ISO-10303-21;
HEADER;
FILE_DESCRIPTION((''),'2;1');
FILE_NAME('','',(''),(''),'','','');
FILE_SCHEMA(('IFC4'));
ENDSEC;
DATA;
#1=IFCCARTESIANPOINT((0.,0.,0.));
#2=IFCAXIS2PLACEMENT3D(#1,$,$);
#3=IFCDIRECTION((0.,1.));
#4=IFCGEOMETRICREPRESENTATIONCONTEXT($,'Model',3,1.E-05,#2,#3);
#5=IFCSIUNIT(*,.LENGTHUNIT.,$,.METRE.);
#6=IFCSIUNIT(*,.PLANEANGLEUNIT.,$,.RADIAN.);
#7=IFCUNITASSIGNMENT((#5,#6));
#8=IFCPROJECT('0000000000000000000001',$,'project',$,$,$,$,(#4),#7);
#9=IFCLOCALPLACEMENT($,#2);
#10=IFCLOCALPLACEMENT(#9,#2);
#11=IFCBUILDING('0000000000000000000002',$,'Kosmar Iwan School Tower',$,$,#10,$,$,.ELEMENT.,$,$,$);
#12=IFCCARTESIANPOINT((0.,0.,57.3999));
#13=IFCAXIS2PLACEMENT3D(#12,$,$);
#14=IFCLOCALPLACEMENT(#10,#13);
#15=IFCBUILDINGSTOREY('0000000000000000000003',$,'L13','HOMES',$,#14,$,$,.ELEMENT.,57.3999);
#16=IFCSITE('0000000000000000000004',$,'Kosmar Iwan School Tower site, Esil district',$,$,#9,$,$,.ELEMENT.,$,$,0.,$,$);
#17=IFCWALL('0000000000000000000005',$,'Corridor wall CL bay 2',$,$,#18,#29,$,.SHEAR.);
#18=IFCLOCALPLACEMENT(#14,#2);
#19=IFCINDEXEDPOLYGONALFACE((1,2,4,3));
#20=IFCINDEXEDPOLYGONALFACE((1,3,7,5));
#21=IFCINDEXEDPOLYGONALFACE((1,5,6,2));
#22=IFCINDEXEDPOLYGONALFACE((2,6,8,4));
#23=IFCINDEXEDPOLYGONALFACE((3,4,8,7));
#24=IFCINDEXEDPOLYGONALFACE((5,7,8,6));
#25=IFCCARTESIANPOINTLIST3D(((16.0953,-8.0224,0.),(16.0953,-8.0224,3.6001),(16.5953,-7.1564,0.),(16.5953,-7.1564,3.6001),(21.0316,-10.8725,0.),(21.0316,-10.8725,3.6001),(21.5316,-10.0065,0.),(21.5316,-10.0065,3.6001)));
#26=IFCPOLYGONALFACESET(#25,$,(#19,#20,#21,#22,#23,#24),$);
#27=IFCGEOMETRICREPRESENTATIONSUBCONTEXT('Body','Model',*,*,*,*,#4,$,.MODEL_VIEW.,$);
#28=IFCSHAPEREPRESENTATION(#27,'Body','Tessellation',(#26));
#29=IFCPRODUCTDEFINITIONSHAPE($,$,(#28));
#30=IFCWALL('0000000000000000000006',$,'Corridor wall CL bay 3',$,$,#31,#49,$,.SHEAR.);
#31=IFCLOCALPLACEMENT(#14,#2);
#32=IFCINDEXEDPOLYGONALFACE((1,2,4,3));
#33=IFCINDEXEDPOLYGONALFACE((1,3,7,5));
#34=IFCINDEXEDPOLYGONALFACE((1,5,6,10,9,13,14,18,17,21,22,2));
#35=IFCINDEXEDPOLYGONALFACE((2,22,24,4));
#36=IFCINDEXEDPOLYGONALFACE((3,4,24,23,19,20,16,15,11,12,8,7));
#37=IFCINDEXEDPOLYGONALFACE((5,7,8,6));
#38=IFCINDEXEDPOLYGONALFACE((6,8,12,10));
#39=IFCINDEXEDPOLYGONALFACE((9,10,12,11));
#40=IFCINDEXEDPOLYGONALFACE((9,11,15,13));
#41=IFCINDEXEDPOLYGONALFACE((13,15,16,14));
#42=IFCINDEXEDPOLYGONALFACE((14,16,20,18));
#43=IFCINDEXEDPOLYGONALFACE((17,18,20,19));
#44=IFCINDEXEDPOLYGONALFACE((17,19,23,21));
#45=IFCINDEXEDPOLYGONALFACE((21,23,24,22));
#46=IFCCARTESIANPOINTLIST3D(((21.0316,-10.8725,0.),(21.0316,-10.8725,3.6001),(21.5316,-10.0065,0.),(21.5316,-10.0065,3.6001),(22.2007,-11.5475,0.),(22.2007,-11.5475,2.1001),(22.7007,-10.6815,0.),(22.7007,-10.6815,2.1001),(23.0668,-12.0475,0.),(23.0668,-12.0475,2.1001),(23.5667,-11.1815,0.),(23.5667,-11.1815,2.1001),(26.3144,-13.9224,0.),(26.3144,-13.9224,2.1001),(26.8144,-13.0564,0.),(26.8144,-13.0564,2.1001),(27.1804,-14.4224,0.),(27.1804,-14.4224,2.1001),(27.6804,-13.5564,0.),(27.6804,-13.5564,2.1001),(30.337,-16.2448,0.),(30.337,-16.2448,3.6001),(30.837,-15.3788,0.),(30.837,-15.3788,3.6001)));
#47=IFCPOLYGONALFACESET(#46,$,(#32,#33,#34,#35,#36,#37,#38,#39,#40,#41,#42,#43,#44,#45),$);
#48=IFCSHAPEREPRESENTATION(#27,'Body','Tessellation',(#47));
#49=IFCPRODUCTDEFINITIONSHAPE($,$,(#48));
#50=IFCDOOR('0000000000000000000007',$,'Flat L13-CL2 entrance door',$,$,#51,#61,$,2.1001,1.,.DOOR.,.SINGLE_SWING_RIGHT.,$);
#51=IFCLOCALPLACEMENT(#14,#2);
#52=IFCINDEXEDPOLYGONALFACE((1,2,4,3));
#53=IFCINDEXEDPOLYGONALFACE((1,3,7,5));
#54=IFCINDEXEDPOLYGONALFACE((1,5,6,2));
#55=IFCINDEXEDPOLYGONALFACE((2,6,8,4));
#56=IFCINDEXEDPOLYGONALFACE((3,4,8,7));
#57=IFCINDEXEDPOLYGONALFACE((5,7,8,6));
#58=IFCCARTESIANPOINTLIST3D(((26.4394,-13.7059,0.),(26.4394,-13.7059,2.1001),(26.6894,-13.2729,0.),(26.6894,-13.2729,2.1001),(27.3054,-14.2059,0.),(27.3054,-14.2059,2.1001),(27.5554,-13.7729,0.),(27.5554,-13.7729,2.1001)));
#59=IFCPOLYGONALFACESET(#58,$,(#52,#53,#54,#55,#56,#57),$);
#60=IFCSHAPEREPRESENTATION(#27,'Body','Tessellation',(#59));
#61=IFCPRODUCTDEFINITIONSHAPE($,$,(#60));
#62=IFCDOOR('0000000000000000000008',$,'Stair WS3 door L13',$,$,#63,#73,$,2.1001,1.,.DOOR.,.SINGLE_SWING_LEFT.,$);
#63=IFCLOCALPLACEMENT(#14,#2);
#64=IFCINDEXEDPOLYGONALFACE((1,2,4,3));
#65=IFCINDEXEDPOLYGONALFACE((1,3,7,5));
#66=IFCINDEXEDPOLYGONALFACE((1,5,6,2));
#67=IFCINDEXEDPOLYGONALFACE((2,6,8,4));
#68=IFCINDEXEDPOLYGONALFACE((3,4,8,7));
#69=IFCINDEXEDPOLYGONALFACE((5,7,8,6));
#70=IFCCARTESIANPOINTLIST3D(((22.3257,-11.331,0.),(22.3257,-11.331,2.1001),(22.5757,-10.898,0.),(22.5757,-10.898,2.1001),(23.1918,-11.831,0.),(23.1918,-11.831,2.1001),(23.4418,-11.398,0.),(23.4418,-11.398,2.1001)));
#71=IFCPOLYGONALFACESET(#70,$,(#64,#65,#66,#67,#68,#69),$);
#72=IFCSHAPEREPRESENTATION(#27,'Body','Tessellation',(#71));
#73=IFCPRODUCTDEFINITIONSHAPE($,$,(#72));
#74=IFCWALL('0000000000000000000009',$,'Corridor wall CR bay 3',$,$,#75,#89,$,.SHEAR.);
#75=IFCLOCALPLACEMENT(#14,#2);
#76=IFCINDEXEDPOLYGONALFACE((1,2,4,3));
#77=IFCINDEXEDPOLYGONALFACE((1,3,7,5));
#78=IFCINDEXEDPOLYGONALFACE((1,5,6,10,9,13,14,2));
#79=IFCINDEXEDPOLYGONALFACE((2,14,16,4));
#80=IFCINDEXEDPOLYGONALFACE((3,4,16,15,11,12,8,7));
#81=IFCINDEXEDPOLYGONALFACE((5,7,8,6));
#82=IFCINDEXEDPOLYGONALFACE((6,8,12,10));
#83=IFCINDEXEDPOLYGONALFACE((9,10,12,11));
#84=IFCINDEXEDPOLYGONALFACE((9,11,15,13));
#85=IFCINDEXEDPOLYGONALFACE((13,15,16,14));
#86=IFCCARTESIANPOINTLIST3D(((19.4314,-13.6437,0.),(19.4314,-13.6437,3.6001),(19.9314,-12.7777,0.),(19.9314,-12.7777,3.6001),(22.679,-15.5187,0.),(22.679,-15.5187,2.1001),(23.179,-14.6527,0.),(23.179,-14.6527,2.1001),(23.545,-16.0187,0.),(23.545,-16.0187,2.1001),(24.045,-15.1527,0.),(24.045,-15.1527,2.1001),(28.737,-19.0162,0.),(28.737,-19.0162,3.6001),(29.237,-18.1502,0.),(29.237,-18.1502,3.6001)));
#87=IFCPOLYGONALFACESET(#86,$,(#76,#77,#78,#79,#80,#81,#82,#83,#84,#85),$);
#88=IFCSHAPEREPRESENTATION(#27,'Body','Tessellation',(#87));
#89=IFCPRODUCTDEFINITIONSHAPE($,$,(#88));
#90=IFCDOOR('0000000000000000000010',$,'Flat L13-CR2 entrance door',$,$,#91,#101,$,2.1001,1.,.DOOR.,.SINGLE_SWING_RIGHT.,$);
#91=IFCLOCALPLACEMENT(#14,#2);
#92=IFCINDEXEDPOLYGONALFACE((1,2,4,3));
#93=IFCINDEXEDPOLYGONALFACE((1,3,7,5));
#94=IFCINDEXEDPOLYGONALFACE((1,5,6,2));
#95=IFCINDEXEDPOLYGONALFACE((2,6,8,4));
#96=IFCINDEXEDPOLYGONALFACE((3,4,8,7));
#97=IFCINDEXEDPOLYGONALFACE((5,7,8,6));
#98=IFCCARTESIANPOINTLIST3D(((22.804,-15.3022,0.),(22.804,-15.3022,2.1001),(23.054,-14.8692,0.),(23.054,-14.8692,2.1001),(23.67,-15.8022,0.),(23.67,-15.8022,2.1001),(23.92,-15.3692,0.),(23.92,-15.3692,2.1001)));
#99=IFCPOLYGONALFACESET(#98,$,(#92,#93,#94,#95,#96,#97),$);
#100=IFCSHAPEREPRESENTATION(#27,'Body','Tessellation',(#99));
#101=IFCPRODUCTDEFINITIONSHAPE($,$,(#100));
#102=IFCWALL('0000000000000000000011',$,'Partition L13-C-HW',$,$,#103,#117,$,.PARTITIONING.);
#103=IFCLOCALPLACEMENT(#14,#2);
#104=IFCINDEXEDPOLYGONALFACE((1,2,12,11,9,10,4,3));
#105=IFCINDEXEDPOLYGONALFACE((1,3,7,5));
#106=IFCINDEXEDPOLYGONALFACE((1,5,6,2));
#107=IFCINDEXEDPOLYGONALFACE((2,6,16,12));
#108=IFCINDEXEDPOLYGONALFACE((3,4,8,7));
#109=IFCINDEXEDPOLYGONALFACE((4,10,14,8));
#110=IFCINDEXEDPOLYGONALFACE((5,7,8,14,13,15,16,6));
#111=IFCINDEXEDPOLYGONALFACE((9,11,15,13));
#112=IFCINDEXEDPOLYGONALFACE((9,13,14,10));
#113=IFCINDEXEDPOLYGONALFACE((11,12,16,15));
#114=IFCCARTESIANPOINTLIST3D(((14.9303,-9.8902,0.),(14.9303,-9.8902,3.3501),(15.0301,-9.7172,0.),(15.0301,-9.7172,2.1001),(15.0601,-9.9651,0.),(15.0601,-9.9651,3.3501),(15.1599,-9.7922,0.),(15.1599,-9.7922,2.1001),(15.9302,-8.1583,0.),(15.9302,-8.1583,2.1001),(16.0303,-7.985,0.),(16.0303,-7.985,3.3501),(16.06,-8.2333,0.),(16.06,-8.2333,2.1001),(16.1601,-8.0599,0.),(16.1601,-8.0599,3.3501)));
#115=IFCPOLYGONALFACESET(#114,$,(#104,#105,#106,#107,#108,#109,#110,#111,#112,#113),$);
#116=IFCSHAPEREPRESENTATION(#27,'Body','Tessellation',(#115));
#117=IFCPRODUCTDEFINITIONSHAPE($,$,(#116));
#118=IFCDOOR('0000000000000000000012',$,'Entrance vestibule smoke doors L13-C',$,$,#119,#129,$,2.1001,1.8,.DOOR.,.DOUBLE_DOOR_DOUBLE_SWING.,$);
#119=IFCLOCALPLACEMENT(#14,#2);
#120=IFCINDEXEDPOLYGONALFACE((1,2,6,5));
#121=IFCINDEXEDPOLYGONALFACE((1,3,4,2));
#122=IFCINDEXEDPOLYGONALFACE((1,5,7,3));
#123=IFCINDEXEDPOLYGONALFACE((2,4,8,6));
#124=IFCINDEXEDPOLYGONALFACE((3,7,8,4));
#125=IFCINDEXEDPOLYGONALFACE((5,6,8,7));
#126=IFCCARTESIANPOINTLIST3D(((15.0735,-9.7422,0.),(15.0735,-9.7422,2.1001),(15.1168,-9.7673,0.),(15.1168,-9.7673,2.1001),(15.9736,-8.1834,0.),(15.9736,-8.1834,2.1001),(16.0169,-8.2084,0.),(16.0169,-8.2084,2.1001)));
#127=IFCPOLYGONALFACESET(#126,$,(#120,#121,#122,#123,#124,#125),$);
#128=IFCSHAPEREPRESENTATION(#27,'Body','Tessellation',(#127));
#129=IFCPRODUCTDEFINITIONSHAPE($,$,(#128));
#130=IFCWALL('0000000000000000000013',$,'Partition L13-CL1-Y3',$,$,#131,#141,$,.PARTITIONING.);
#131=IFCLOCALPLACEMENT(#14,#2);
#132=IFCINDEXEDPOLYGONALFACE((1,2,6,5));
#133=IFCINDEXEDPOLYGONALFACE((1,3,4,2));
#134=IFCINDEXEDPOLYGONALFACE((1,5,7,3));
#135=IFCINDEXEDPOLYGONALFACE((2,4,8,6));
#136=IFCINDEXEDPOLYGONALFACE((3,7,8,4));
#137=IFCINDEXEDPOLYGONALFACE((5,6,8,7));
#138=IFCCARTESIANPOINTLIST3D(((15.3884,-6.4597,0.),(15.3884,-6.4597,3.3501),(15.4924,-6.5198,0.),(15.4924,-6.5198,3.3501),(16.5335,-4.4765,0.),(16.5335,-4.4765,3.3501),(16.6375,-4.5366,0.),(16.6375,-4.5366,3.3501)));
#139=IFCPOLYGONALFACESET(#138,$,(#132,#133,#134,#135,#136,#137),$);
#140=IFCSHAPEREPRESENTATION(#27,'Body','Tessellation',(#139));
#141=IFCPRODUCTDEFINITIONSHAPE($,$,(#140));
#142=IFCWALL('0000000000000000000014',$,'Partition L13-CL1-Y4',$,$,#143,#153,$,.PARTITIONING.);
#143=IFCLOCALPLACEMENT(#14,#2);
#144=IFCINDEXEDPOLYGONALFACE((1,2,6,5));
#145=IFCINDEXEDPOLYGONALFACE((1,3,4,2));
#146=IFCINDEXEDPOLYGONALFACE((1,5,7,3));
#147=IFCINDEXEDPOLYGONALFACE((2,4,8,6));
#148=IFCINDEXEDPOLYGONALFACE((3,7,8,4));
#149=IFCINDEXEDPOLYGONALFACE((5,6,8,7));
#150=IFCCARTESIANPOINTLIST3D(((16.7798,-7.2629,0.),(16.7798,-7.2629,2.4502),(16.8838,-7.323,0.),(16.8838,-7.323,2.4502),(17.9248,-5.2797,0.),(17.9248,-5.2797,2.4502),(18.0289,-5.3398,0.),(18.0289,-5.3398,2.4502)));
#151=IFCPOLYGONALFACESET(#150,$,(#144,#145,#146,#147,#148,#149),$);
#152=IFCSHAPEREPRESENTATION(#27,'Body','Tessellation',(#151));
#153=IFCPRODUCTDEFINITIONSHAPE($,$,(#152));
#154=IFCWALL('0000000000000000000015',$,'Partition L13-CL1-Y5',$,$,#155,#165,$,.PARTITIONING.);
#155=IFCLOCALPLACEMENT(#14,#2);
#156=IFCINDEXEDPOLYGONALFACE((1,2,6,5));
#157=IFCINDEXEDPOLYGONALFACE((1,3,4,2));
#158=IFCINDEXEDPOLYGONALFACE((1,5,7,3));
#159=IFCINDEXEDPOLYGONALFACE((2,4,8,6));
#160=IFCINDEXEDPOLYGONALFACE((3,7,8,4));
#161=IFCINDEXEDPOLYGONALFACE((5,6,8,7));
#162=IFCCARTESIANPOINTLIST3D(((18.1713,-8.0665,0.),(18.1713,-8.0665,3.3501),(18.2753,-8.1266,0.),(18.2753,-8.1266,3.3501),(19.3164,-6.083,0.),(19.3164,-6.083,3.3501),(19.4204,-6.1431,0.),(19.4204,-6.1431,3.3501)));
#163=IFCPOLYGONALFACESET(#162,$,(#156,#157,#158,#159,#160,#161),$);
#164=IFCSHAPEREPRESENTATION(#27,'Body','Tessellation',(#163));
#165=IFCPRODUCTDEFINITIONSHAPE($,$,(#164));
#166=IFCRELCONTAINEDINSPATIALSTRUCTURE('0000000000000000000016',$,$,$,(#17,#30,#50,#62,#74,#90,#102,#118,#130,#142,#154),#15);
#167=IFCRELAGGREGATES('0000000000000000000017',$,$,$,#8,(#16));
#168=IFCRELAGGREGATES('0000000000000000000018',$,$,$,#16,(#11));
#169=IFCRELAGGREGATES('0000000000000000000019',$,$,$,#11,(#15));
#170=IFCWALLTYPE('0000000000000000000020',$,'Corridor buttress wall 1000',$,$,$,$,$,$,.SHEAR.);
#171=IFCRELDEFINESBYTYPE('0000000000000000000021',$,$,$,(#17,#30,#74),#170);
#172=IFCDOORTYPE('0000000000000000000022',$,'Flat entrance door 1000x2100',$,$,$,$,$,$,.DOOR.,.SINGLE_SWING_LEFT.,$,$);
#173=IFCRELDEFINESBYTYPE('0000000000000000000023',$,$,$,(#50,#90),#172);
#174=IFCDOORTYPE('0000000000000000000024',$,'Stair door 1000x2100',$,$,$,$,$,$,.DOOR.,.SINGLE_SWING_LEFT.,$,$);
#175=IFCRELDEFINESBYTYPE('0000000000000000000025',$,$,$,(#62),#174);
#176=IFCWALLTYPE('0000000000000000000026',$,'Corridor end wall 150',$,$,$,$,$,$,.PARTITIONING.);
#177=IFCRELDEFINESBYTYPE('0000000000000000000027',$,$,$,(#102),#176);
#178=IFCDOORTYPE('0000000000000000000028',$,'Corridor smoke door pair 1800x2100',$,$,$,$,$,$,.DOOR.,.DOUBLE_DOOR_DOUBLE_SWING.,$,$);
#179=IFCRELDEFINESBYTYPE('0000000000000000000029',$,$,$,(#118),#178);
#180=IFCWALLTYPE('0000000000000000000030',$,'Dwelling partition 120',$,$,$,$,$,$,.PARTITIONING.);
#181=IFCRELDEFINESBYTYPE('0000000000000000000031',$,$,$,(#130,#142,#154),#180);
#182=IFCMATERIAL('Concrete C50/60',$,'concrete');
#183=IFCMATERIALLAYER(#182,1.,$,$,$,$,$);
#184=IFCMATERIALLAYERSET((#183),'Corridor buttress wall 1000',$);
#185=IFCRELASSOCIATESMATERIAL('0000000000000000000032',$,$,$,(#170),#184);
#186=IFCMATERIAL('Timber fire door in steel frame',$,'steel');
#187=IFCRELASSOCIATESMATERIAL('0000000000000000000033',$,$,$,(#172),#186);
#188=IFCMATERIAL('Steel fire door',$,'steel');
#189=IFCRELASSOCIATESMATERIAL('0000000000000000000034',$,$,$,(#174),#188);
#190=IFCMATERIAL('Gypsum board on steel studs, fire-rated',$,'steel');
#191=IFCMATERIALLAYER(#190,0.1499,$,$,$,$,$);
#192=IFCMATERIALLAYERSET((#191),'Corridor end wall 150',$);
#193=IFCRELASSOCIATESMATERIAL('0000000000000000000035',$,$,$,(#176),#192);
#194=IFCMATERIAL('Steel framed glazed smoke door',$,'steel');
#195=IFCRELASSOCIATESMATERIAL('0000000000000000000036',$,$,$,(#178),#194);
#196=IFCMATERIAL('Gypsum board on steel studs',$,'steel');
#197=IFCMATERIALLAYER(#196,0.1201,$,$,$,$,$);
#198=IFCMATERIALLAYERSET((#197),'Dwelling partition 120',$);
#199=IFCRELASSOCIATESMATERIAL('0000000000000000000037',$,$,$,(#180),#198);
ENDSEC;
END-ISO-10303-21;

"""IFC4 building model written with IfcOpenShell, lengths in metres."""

from ifc_helpers import new_model, si_unit, direction, frame, frame_2d, origin, place, context, subcontext, project, spatial, rectangle, extrude, material, layer, layer_set, type_object, element, fill, save


model = new_model("IFC4")

# Units and contexts
model_context = context("Model", 3, precision=1e-05, world=origin(), true_north=direction((0.0, 1.0)))
body_context = subcontext(model_context, "Body", "Model", "MODEL_VIEW")
ifc_project = project(units=[si_unit("LENGTHUNIT", "METRE"), si_unit("PLANEANGLEUNIT", "RADIAN")], contexts=[model_context])

# Site, building, storey
site_placement = place(None, origin())
site = spatial("IfcSite", under=ifc_project, at=site_placement, Name="Kosmar Iwan School Tower site, Esil district", CompositionType="ELEMENT", RefElevation=0.0)
building_placement = place(site_placement, origin())
building = spatial("IfcBuilding", under=site, at=building_placement, Name="Kosmar Iwan School Tower", CompositionType="ELEMENT")
storey_placement = place(building_placement, frame((0.0, 0.0, 57.3999)))
storey = spatial("IfcBuildingStorey", under=building, at=storey_placement, Name="L13", Description="HOMES", CompositionType="ELEMENT", Elevation=57.3999)

# Wall
ifc_material_1 = material(Name="Concrete C50/60", Category="concrete")
ifc_layer_1 = layer(ifc_material_1, 1.0)
ifc_layer_set_1 = layer_set([ifc_layer_1], Name="Corridor buttress wall 1000")
wall_type_1 = type_object("IfcWallType", Name="Corridor buttress wall 1000", PredefinedType="SHEAR", material=ifc_layer_set_1)
wall_1_placement = place(storey_placement, frame((16.3452, -7.5894, 0.0), z_axis=(0.0, 0.0, 1.0), x_axis=(0.866015, -0.500018, 0.0)))
element("IfcWall", 1, at=wall_1_placement, inside=storey, type_object=wall_type_1, Name="Corridor wall CL bay 2", PredefinedType="SHEAR", context=body_context, shape_type="SweptSolid", body=[
    extrude(rectangle(XDim=5.7, YDim=1.0, at=frame_2d((2.8501, 0.0))), origin(), (0.0, 0.0, 1.0), 3.6001),
])

# Wall, openings, doors
wall_2_placement = place(storey_placement, frame((21.2815, -10.4395, 0.0), z_axis=(0.0, 0.0, 1.0), x_axis=(0.866032, -0.499988, 0.0)))
wall_2 = element("IfcWall", 2, at=wall_2_placement, inside=storey, type_object=wall_type_1, Name="Corridor wall CL bay 3", PredefinedType="SHEAR", context=body_context, shape_type="SweptSolid", body=[
    extrude(rectangle(XDim=10.7449, YDim=1.0, at=frame_2d((5.3726, 0.0))), origin(), (0.0, 0.0, 1.0), 3.6001),
])
opening_1_placement = place(wall_2_placement, frame((6.1001, 0.0, 0.0)))
opening_1 = element("IfcOpeningElement", 3, at=opening_1_placement, cuts=wall_2, PredefinedType="OPENING", context=body_context, shape_type="SweptSolid", body=[
    extrude(rectangle(XDim=1.0, YDim=2.1001, at=frame_2d((0.5, 1.05))), frame((0.0, 0.512, 0.0), z_axis=(0.0, -1.0, 0.0), x_axis=(1.0, 0.0, 0.0)), (0.0, 0.0, 1.0), 1.0239),
])
opening_2_placement = place(wall_2_placement, frame((1.3501, 0.0, 0.0)))
opening_2 = element("IfcOpeningElement", 4, at=opening_2_placement, cuts=wall_2, PredefinedType="OPENING", context=body_context, shape_type="SweptSolid", body=[
    extrude(rectangle(XDim=1.0, YDim=2.1001, at=frame_2d((0.5, 1.05))), frame((0.0, 0.512, 0.0), z_axis=(0.0, -1.0, 0.0), x_axis=(1.0, 0.0, 0.0)), (0.0, 0.0, 1.0), 1.0239),
])
ifc_material_2 = material(Name="Timber fire door in steel frame", Category="steel")
door_type_1 = type_object("IfcDoorType", Name="Flat entrance door 1000x2100", OperationType="SINGLE_SWING_LEFT", PredefinedType="DOOR", material=ifc_material_2)
door_1_placement = place(opening_1_placement, origin())
door_1 = element("IfcDoor", 5, at=door_1_placement, inside=storey, type_object=door_type_1, Name="Flat L13-CL2 entrance door", OperationType="SINGLE_SWING_RIGHT", OverallHeight=2.1001, OverallWidth=1.0, PredefinedType="DOOR", context=body_context, shape_type="SweptSolid", body=[
    extrude(rectangle(XDim=1.0, YDim=2.1001, at=frame_2d((0.5, 1.05))), frame((0.0, 0.25, 0.0), z_axis=(0.0, -1.0, 0.0), x_axis=(1.0, 0.0, 0.0)), (0.0, 0.0, 1.0), 0.5),
])
fill(opening_1, door_1)
ifc_material_3 = material(Name="Steel fire door", Category="steel")
door_type_2 = type_object("IfcDoorType", Name="Stair door 1000x2100", OperationType="SINGLE_SWING_LEFT", PredefinedType="DOOR", material=ifc_material_3)
door_2_placement = place(opening_2_placement, origin())
door_2 = element("IfcDoor", 6, at=door_2_placement, inside=storey, type_object=door_type_2, Name="Stair WS3 door L13", OperationType="SINGLE_SWING_LEFT", OverallHeight=2.1001, OverallWidth=1.0, PredefinedType="DOOR", context=body_context, shape_type="SweptSolid", body=[
    extrude(rectangle(XDim=1.0, YDim=2.1001, at=frame_2d((0.5, 1.05))), frame((0.0, 0.25, 0.0), z_axis=(0.0, -1.0, 0.0), x_axis=(1.0, 0.0, 0.0)), (0.0, 0.0, 1.0), 0.5),
])
fill(opening_2, door_2)

# Walls, openings, doors
wall_3_placement = place(storey_placement, frame((19.6814, -13.2107, 0.0), z_axis=(0.0, 0.0, 1.0), x_axis=(0.866028, -0.499995, 0.0)))
wall_3 = element("IfcWall", 7, at=wall_3_placement, inside=storey, type_object=wall_type_1, Name="Corridor wall CR bay 3", PredefinedType="SHEAR", context=body_context, shape_type="SweptSolid", body=[
    extrude(rectangle(XDim=10.7451, YDim=1.0, at=frame_2d((5.3726, 0.0))), origin(), (0.0, 0.0, 1.0), 3.6001),
])
opening_3_placement = place(wall_3_placement, frame((3.75, 0.0, 0.0)))
opening_3 = element("IfcOpeningElement", 8, at=opening_3_placement, cuts=wall_3, PredefinedType="OPENING", context=body_context, shape_type="SweptSolid", body=[
    extrude(rectangle(XDim=1.0, YDim=2.1001, at=frame_2d((0.5, 1.05))), frame((0.0, 0.512, 0.0), z_axis=(0.0, -1.0, 0.0), x_axis=(1.0, 0.0, 0.0)), (0.0, 0.0, 1.0), 1.0239),
])
door_3_placement = place(opening_3_placement, origin())
door_3 = element("IfcDoor", 9, at=door_3_placement, inside=storey, type_object=door_type_1, Name="Flat L13-CR2 entrance door", OperationType="SINGLE_SWING_RIGHT", OverallHeight=2.1001, OverallWidth=1.0, PredefinedType="DOOR", context=body_context, shape_type="SweptSolid", body=[
    extrude(rectangle(XDim=1.0, YDim=2.1001, at=frame_2d((0.5, 1.05))), frame((0.0, 0.25, 0.0), z_axis=(0.0, -1.0, 0.0), x_axis=(1.0, 0.0, 0.0)), (0.0, 0.0, 1.0), 0.5),
])
fill(opening_3, door_3)
ifc_material_4 = material(Name="Gypsum board on steel studs, fire-rated", Category="steel")
ifc_layer_2 = layer(ifc_material_4, 0.1499)
ifc_layer_set_2 = layer_set([ifc_layer_2], Name="Corridor end wall 150")
wall_type_2 = type_object("IfcWallType", Name="Corridor end wall 150", PredefinedType="PARTITIONING", material=ifc_layer_set_2)
wall_4_placement = place(storey_placement, frame((14.9951, -9.9277, 0.0), z_axis=(0.0, 0.0, 1.0), x_axis=(0.50003, 0.866008, 0.0)))
wall_4 = element("IfcWall", 10, at=wall_4_placement, inside=storey, type_object=wall_type_2, Name="Partition L13-C-HW", PredefinedType="PARTITIONING", context=body_context, shape_type="SweptSolid", body=[
    extrude(rectangle(XDim=2.2, YDim=0.1499, at=frame_2d((1.1001, 0.0))), origin(), (0.0, 0.0, 1.0), 3.3501),
])
opening_4_placement = place(wall_4_placement, frame((0.2, 0.0, 0.0)))
opening_4 = element("IfcOpeningElement", 11, at=opening_4_placement, cuts=wall_4, PredefinedType="OPENING", context=body_context, shape_type="SweptSolid", body=[
    extrude(rectangle(XDim=1.8, YDim=2.1001, at=frame_2d((0.8999, 1.05))), frame((0.0, 0.0869, 0.0), z_axis=(0.0, -1.0, 0.0), x_axis=(1.0, 0.0, 0.0)), (0.0, 0.0, 1.0), 0.1738),
])
ifc_material_5 = material(Name="Steel framed glazed smoke door", Category="steel")
door_type_3 = type_object("IfcDoorType", Name="Corridor smoke door pair 1800x2100", OperationType="DOUBLE_DOOR_DOUBLE_SWING", PredefinedType="DOOR", material=ifc_material_5)
door_4_placement = place(opening_4_placement, origin())
door_4 = element("IfcDoor", 12, at=door_4_placement, inside=storey, type_object=door_type_3, Name="Entrance vestibule smoke doors L13-C", OperationType="DOUBLE_DOOR_DOUBLE_SWING", OverallHeight=2.1001, OverallWidth=1.8, PredefinedType="DOOR", context=body_context, shape_type="SweptSolid", body=[
    extrude(rectangle(XDim=1.8, YDim=2.1001, at=frame_2d((0.8999, 1.05))), frame((0.0, 0.0249, 0.0), z_axis=(0.0, -1.0, 0.0), x_axis=(1.0, 0.0, 0.0)), (0.0, 0.0, 1.0), 0.05),
])
fill(opening_4, door_4)

# Walls
ifc_material_6 = material(Name="Gypsum board on steel studs", Category="steel")
ifc_layer_3 = layer(ifc_material_6, 0.1201)
ifc_layer_set_3 = layer_set([ifc_layer_3], Name="Dwelling partition 120")
wall_type_3 = type_object("IfcWallType", Name="Dwelling partition 120", PredefinedType="PARTITIONING", material=ifc_layer_set_3)
wall_5_placement = place(storey_placement, frame((15.4404, -6.4897, 0.0), z_axis=(0.0, 0.0, 1.0), x_axis=(0.500015, 0.866017, 0.0)))
element("IfcWall", 13, at=wall_5_placement, inside=storey, type_object=wall_type_3, Name="Partition L13-CL1-Y3", PredefinedType="PARTITIONING", context=body_context, shape_type="SweptSolid", body=[
    extrude(rectangle(XDim=2.29, YDim=0.1201, at=frame_2d((1.145, 0.0))), origin(), (0.0, 0.0, 1.0), 3.3501),
])
wall_6_placement = place(storey_placement, frame((16.8318, -7.293, 0.0), z_axis=(0.0, 0.0, 1.0), x_axis=(0.500015, 0.866017, 0.0)))
element("IfcWall", 14, at=wall_6_placement, inside=storey, type_object=wall_type_3, Name="Partition L13-CL1-Y4", PredefinedType="PARTITIONING", context=body_context, shape_type="SweptSolid", body=[
    extrude(rectangle(XDim=2.29, YDim=0.1201, at=frame_2d((1.145, 0.0))), origin(), (0.0, 0.0, 1.0), 2.4502),
])
wall_7_placement = place(storey_placement, frame((18.2234, -8.0964, 0.0), z_axis=(0.0, 0.0, 1.0), x_axis=(0.499969, 0.866044, 0.0)))
element("IfcWall", 15, at=wall_7_placement, inside=storey, type_object=wall_type_3, Name="Partition L13-CL1-Y5", PredefinedType="PARTITIONING", context=body_context, shape_type="SweptSolid", body=[
    extrude(rectangle(XDim=2.2903, YDim=0.1201, at=frame_2d((1.145, 0.0))), origin(), (0.0, 0.0, 1.0), 3.3501),
])

save(model, "model.ifc")
